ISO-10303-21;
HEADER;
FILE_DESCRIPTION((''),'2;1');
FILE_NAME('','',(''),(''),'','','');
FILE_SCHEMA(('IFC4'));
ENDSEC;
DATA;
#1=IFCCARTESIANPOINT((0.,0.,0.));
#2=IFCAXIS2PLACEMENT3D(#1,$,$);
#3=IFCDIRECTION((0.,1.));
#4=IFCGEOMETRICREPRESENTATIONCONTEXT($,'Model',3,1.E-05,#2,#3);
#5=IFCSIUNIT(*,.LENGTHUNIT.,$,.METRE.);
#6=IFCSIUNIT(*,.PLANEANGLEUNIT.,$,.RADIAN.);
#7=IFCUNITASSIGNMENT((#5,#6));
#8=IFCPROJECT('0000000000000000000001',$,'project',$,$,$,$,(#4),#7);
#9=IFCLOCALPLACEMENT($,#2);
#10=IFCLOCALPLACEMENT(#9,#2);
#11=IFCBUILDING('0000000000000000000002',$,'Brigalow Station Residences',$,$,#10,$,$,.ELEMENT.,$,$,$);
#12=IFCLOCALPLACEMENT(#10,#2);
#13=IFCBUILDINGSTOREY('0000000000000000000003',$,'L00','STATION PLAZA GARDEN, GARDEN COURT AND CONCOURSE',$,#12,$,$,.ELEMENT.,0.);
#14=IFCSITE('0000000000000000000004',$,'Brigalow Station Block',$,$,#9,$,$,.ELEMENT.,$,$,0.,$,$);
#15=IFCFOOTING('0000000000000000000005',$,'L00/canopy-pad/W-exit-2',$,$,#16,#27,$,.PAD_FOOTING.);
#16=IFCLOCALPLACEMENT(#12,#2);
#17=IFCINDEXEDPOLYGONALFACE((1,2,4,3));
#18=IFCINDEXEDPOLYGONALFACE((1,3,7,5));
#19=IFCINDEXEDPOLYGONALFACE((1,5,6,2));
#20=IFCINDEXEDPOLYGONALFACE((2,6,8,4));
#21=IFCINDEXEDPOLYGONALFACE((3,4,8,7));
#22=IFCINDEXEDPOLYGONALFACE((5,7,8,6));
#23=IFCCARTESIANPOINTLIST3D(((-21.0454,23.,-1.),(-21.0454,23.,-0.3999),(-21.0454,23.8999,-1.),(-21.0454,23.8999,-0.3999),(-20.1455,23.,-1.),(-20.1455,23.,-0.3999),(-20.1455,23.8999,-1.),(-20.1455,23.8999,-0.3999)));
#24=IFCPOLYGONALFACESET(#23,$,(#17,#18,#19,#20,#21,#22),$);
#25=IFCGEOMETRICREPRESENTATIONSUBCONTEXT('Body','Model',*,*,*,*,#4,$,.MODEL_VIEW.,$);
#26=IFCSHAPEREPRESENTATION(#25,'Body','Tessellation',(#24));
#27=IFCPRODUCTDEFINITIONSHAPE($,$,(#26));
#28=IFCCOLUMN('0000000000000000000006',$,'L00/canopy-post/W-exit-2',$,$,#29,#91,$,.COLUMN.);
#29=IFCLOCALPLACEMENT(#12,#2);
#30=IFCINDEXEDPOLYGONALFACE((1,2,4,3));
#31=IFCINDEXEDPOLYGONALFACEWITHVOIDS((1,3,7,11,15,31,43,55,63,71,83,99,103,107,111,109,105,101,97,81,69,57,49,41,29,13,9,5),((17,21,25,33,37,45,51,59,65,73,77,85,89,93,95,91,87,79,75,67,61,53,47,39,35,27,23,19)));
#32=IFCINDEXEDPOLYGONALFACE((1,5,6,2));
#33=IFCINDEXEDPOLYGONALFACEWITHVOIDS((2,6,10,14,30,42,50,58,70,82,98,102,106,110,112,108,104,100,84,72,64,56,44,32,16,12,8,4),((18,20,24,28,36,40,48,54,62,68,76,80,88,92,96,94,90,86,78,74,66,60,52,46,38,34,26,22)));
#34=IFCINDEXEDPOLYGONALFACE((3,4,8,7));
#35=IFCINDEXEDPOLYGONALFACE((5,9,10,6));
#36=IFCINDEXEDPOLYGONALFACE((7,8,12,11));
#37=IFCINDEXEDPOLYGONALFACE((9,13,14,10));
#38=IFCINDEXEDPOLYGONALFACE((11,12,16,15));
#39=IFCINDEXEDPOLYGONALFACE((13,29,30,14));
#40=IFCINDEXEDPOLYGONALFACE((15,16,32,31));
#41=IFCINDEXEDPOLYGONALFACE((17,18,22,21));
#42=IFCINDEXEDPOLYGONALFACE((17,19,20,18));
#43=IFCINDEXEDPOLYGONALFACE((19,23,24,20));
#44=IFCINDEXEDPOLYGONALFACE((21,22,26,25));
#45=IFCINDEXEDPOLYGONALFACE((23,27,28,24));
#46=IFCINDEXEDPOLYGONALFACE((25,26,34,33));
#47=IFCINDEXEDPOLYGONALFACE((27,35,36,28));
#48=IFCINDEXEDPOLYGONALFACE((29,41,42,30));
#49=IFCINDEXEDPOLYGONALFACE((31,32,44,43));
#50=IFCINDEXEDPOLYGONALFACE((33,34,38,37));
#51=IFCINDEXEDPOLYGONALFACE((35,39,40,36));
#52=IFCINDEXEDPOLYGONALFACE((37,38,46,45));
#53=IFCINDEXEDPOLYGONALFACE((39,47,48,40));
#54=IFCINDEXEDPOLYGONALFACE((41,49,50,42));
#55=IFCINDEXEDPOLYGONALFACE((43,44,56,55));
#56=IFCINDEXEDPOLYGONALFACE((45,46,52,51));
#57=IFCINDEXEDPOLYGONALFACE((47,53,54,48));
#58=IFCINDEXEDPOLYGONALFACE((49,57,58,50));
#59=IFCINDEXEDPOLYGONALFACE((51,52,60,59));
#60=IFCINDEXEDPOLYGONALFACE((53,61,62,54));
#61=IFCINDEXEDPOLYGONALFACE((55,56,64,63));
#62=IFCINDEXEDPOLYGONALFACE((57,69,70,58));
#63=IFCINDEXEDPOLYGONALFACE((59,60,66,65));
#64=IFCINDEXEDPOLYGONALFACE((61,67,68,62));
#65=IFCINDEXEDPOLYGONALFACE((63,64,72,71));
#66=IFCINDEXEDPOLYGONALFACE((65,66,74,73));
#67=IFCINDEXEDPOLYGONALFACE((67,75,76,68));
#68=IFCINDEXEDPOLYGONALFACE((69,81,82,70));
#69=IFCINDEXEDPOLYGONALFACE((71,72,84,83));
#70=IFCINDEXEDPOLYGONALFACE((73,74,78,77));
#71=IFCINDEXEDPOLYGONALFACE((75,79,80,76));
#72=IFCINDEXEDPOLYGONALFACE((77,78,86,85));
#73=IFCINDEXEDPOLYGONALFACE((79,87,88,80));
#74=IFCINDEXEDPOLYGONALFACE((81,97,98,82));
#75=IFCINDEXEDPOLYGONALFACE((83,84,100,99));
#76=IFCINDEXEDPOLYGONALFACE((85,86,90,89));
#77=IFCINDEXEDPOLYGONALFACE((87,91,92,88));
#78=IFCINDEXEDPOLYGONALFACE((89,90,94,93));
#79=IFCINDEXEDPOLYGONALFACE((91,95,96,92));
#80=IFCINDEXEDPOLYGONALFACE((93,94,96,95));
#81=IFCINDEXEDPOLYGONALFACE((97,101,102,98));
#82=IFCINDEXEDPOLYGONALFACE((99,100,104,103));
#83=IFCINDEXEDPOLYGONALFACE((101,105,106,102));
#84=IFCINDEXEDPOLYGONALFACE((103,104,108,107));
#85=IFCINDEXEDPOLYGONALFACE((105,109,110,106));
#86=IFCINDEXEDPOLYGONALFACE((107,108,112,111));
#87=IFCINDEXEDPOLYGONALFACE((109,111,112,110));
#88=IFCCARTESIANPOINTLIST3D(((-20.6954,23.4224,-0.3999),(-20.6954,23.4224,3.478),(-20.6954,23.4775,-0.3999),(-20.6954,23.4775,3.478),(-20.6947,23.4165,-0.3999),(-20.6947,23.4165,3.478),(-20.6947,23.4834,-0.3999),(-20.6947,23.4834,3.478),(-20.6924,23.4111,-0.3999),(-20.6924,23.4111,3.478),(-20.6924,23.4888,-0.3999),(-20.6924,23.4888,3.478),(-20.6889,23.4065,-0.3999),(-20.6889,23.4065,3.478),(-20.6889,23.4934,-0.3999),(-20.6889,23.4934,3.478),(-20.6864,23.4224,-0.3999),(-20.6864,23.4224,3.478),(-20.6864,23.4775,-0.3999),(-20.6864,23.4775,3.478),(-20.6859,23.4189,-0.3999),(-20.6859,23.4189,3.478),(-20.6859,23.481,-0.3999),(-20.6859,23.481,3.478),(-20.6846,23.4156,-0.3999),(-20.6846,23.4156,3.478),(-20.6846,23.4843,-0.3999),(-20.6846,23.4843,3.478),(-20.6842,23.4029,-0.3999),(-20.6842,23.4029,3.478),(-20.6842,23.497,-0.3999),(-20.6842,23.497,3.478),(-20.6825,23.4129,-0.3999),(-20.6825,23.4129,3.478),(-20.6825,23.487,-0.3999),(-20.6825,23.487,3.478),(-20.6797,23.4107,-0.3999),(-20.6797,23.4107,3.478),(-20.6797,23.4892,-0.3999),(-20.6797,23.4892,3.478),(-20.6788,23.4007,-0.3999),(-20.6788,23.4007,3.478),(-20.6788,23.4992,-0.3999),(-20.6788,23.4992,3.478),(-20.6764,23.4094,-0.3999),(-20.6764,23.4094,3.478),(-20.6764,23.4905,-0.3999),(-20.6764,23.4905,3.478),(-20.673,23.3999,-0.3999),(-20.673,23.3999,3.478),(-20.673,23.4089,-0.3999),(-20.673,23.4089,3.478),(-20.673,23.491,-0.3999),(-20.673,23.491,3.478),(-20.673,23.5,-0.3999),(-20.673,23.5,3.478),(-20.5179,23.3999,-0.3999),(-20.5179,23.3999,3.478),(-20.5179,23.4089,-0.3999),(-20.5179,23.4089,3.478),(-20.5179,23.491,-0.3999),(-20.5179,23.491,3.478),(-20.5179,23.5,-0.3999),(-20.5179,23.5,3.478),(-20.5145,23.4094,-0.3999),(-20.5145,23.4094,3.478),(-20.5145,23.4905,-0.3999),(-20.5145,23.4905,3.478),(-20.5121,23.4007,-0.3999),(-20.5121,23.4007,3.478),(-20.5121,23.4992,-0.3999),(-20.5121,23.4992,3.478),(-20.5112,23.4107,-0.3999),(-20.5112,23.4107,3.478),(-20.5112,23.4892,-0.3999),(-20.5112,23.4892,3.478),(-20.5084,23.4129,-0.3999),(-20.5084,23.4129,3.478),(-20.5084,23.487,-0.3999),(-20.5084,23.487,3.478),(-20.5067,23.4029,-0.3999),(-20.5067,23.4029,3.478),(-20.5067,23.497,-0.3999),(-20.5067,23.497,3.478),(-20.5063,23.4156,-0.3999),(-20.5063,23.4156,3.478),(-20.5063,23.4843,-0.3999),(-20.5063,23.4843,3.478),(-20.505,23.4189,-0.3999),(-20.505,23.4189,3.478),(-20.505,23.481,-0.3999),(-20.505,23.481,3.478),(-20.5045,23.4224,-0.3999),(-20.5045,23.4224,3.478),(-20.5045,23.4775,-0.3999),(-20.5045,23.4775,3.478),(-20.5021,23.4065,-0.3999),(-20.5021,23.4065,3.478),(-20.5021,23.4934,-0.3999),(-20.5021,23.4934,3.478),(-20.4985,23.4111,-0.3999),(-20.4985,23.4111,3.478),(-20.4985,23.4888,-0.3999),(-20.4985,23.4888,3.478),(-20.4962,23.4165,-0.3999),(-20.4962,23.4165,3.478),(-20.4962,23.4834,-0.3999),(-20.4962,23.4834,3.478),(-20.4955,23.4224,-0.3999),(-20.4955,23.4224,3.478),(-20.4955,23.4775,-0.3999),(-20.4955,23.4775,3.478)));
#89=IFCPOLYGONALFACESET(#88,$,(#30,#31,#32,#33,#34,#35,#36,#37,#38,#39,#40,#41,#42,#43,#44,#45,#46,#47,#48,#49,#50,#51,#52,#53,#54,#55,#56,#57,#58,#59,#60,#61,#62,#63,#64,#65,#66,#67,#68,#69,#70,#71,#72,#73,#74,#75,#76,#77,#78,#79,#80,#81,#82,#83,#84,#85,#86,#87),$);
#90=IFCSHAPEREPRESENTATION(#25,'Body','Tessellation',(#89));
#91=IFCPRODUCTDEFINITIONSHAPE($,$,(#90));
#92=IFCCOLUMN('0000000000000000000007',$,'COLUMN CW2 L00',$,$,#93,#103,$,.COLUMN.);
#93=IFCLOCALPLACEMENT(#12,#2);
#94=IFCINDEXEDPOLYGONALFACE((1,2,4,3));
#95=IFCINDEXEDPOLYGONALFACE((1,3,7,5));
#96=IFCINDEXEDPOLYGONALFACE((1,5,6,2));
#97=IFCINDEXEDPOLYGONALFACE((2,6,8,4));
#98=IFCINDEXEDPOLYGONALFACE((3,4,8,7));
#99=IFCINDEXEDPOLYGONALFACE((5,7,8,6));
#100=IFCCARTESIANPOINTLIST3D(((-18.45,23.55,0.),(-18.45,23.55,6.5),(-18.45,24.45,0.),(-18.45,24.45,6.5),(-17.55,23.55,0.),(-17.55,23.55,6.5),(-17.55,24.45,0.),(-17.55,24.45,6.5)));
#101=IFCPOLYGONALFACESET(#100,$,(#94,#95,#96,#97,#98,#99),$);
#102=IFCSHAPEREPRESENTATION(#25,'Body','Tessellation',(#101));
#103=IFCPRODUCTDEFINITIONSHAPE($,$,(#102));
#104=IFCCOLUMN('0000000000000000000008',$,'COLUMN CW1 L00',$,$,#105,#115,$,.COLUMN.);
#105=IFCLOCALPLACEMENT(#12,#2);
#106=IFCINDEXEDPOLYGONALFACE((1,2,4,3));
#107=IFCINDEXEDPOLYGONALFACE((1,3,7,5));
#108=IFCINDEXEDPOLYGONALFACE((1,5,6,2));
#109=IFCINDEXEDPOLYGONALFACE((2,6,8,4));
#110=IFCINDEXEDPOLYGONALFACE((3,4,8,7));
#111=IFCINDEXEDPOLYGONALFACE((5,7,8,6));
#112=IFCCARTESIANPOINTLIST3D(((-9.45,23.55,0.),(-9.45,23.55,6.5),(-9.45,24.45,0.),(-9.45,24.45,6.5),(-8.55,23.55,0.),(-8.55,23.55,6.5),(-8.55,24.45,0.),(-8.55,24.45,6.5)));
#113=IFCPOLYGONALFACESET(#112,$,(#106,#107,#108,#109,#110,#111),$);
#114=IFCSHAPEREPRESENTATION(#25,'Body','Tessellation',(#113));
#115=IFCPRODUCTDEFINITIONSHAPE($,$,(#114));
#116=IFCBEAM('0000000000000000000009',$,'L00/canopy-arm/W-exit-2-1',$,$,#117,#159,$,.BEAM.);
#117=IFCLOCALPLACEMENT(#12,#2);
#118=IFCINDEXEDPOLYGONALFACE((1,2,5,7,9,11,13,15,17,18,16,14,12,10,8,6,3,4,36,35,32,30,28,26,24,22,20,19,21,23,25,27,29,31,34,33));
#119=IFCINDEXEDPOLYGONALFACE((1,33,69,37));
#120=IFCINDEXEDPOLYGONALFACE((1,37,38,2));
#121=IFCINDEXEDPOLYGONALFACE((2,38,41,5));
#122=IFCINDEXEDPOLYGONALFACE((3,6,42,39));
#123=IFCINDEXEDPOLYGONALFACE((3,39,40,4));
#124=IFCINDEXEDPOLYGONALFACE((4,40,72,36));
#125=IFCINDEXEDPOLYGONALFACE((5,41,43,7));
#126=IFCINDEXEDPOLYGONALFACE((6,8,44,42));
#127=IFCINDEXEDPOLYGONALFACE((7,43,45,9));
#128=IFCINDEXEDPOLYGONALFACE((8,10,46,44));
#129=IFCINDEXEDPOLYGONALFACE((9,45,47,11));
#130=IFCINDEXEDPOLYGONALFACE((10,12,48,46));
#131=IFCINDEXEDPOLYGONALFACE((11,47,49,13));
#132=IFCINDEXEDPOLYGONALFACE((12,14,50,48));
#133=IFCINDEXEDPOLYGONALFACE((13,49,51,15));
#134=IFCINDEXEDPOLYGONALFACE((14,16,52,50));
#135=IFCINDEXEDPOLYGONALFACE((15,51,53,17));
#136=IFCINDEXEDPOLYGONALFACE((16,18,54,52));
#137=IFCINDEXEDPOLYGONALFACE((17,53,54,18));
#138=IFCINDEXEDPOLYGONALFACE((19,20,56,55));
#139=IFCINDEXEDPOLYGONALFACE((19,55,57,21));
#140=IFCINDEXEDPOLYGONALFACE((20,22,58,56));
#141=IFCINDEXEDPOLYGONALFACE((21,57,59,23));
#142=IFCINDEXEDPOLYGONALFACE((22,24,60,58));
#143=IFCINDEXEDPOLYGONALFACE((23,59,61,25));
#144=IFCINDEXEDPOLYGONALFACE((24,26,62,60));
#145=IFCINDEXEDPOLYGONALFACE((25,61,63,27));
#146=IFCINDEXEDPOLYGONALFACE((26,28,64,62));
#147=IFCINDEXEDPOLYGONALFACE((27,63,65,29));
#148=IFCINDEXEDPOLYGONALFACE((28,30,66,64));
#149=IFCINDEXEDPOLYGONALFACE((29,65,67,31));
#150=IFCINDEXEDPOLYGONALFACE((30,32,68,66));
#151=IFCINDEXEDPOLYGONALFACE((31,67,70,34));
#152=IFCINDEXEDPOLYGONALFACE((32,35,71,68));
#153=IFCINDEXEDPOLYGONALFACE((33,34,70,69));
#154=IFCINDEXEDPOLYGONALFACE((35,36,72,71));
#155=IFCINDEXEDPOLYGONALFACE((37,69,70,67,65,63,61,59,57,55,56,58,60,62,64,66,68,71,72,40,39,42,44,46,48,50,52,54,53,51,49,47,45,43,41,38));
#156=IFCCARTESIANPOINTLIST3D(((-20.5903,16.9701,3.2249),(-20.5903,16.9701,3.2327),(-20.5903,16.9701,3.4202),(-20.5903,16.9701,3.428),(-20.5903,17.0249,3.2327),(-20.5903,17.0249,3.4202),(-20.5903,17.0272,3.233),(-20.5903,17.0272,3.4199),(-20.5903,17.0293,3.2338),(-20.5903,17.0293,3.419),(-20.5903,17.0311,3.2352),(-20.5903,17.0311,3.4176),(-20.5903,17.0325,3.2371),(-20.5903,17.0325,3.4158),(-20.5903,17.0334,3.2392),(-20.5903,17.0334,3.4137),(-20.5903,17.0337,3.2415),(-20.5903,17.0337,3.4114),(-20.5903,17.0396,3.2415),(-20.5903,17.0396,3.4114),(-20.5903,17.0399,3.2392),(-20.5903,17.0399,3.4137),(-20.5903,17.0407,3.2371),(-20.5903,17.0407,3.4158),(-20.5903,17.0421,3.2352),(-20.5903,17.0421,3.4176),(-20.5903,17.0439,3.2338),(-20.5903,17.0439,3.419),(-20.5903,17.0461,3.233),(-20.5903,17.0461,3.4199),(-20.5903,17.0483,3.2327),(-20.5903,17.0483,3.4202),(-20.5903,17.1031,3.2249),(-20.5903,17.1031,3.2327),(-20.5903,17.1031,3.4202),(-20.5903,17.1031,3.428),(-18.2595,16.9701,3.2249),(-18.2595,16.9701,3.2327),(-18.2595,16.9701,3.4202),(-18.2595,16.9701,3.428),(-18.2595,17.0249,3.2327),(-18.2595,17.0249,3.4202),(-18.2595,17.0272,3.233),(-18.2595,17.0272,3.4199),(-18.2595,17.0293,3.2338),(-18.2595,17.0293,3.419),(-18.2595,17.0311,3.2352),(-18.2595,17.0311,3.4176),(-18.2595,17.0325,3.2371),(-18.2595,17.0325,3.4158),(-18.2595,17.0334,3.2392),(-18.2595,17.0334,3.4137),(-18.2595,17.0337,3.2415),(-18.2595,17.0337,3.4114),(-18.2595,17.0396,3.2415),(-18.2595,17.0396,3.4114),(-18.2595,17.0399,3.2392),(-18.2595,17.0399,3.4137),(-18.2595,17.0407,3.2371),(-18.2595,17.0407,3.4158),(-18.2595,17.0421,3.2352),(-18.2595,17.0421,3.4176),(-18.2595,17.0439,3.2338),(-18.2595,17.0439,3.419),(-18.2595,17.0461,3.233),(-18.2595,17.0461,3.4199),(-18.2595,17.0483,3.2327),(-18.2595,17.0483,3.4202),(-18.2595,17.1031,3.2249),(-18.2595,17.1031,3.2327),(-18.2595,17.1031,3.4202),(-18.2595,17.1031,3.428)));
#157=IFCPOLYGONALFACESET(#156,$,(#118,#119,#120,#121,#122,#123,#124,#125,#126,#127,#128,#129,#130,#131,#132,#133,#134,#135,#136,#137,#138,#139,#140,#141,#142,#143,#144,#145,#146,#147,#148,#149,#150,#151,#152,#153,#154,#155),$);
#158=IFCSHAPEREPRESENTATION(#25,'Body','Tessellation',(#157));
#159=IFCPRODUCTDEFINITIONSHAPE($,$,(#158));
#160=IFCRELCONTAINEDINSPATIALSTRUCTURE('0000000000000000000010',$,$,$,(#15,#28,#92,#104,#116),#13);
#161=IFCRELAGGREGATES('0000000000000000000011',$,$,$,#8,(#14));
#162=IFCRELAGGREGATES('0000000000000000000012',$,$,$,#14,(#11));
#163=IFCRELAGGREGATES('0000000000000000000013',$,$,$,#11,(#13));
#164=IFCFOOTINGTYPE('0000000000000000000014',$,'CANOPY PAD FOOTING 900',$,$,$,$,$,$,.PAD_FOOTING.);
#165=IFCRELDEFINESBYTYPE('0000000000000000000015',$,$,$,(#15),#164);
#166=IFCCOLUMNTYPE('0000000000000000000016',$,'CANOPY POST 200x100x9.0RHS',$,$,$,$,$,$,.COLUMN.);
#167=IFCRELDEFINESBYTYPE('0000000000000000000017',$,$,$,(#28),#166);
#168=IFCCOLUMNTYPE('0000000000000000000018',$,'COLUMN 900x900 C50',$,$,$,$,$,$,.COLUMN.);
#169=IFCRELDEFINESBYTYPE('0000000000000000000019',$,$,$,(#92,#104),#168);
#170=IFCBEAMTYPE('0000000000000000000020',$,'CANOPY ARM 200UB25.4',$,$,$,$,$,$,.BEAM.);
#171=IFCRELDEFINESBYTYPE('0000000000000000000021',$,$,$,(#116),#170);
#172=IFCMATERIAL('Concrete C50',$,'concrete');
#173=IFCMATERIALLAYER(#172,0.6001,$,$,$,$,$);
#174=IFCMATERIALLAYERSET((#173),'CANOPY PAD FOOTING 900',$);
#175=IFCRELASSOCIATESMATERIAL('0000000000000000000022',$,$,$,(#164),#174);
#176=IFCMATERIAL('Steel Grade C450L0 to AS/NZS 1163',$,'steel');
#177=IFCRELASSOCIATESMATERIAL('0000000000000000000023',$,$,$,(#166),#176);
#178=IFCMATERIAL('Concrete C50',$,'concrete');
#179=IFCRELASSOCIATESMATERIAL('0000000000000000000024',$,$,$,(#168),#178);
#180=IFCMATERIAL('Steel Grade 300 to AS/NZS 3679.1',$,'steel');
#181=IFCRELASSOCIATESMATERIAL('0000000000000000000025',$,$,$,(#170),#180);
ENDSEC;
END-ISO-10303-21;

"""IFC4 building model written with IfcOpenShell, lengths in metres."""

from ifc_helpers import new_model, si_unit, direction, frame, origin, origin_2d, place, context, subcontext, project, spatial, rectangle, hollow_rectangle, i_section, extrude, material, layer, layer_set, material_profile, profile_set, type_object, element, save


model = new_model("IFC4")

# Units and contexts
model_context = context("Model", 3, precision=1e-05, world=origin(), true_north=direction((0.0, 1.0)))
body_context = subcontext(model_context, "Body", "Model", "MODEL_VIEW")
ifc_project = project(units=[si_unit("LENGTHUNIT", "METRE"), si_unit("PLANEANGLEUNIT", "RADIAN")], contexts=[model_context])

# Site, building, storey
site_placement = place(None, origin())
site = spatial("IfcSite", under=ifc_project, at=site_placement, Name="Brigalow Station Block", CompositionType="ELEMENT", RefElevation=0.0)
building_placement = place(site_placement, origin())
building = spatial("IfcBuilding", under=site, at=building_placement, Name="Brigalow Station Residences", CompositionType="ELEMENT")
storey_placement = place(building_placement, origin())
storey = spatial("IfcBuildingStorey", under=building, at=storey_placement, Name="L00", Description="STATION PLAZA GARDEN, GARDEN COURT AND CONCOURSE", CompositionType="ELEMENT", Elevation=0.0)

# Footing
ifc_material_1 = material(Name="Concrete C50", Category="concrete")
ifc_layer_1 = layer(ifc_material_1, 0.6001)
ifc_layer_set_1 = layer_set([ifc_layer_1], Name="CANOPY PAD FOOTING 900")
footing_type = type_object("IfcFootingType", Name="CANOPY PAD FOOTING 900", PredefinedType="PAD_FOOTING", material=ifc_layer_set_1)
footing_placement = place(storey_placement, frame((-20.5955, 23.45, -1.0), z_axis=(0.0, 0.0, 1.0), x_axis=(0.0, 1.0, 0.0)))
element("IfcFooting", 1, at=footing_placement, inside=storey, type_object=footing_type, Name="L00/canopy-pad/W-exit-2", PredefinedType="PAD_FOOTING", context=body_context, shape_type="SweptSolid", body=[
    extrude(rectangle(XDim=0.8999, YDim=0.8999, at=origin_2d()), origin(), (0.0, 0.0, 1.0), 0.6001),
])

# Columns
ifc_material_2 = material(Name="Steel Grade C450L0 to AS/NZS 1163", Category="steel")
ifc_material_profile_1 = material_profile(ifc_material_2, hollow_rectangle(XDim=0.1001, YDim=0.2, WallThickness=0.009, InnerFilletRadius=0.0134, OuterFilletRadius=0.0225, at=origin_2d()), Name="200x100x9.0RHS")
ifc_profile_set_1 = profile_set([ifc_material_profile_1], Name="Steel Grade C450L0 to AS/NZS 1163")
column_type_1 = type_object("IfcColumnType", Name="CANOPY POST 200x100x9.0RHS", PredefinedType="COLUMN", material=ifc_profile_set_1)
column_placement = place(storey_placement, frame((-20.5955, 23.45, -0.3999), z_axis=(0.0, 0.0, 1.0), x_axis=(0.0, 1.0, 0.0)))
element("IfcColumn", 2, at=column_placement, inside=storey, type_object=column_type_1, Name="L00/canopy-post/W-exit-2", PredefinedType="COLUMN", context=body_context, shape_type="SweptSolid", body=[
    extrude(hollow_rectangle(XDim=0.1001, YDim=0.2, WallThickness=0.009, InnerFilletRadius=0.0134, OuterFilletRadius=0.0225, at=origin_2d()), origin(), (0.0, 0.0, 1.0), 3.8779),
])
ifc_material_3 = material(Name="Concrete C50", Category="concrete")
ifc_material_profile_2 = material_profile(ifc_material_3, rectangle(XDim=0.8999, YDim=0.8999, at=origin_2d()), Name="RC900x900")
ifc_profile_set_2 = profile_set([ifc_material_profile_2], Name="Concrete C50")
column_type_2 = type_object("IfcColumnType", Name="COLUMN 900x900 C50", PredefinedType="COLUMN", material=ifc_profile_set_2)
for number, where, z_axis, x_axis, name in (
    (3, (-18.0, 24.0, 0.0), (0.0, 0.0, 1.0), (1.0, 0.0, 0.0), "COLUMN CW2 L00"),
    (4, (-9.0, 24.0, 0.0), (0.0, 0.0, 1.0), (1.0, 0.0, 0.0), "COLUMN CW1 L00"),
):
    element("IfcColumn", number, at=place(storey_placement, frame(where, z_axis=z_axis, x_axis=x_axis)), inside=storey, type_object=column_type_2, Name=name, PredefinedType="COLUMN", context=body_context, shape_type="SweptSolid", body=[
        extrude(rectangle(XDim=0.8999, YDim=0.8999, at=origin_2d()), origin(), (0.0, 0.0, 1.0), 6.5),
    ])

# Beam
ifc_material_4 = material(Name="Steel Grade 300 to AS/NZS 3679.1", Category="steel")
ifc_material_profile_3 = material_profile(ifc_material_4, i_section(OverallWidth=0.1331, OverallDepth=0.2031, WebThickness=0.0059, FlangeThickness=0.0078, FilletRadius=0.0088, at=origin_2d()), Name="200UB25.4")
ifc_profile_set_3 = profile_set([ifc_material_profile_3], Name="Steel Grade 300 to AS/NZS 3679.1")
beam_type_1 = type_object("IfcBeamType", Name="CANOPY ARM 200UB25.4", PredefinedType="BEAM", material=ifc_profile_set_3)
for number, where, z_axis, x_axis, name in (
    (5, (-18.2595, 17.0366, 3.3264), (-1.0, 0.0, 0.0), (0.0, -1.0, 0.0), "L00/canopy-arm/W-exit-2-1"),
):
    element("IfcBeam", number, at=place(storey_placement, frame(where, z_axis=z_axis, x_axis=x_axis)), inside=storey, type_object=beam_type_1, Name=name, PredefinedType="BEAM", context=body_context, shape_type="SweptSolid", body=[
        extrude(i_section(OverallWidth=0.1331, OverallDepth=0.2031, WebThickness=0.0059, FlangeThickness=0.0078, FilletRadius=0.0088, at=origin_2d()), origin(), (0.0, 0.0, 1.0), 2.3308),
    ])

save(model, "model.ifc")
